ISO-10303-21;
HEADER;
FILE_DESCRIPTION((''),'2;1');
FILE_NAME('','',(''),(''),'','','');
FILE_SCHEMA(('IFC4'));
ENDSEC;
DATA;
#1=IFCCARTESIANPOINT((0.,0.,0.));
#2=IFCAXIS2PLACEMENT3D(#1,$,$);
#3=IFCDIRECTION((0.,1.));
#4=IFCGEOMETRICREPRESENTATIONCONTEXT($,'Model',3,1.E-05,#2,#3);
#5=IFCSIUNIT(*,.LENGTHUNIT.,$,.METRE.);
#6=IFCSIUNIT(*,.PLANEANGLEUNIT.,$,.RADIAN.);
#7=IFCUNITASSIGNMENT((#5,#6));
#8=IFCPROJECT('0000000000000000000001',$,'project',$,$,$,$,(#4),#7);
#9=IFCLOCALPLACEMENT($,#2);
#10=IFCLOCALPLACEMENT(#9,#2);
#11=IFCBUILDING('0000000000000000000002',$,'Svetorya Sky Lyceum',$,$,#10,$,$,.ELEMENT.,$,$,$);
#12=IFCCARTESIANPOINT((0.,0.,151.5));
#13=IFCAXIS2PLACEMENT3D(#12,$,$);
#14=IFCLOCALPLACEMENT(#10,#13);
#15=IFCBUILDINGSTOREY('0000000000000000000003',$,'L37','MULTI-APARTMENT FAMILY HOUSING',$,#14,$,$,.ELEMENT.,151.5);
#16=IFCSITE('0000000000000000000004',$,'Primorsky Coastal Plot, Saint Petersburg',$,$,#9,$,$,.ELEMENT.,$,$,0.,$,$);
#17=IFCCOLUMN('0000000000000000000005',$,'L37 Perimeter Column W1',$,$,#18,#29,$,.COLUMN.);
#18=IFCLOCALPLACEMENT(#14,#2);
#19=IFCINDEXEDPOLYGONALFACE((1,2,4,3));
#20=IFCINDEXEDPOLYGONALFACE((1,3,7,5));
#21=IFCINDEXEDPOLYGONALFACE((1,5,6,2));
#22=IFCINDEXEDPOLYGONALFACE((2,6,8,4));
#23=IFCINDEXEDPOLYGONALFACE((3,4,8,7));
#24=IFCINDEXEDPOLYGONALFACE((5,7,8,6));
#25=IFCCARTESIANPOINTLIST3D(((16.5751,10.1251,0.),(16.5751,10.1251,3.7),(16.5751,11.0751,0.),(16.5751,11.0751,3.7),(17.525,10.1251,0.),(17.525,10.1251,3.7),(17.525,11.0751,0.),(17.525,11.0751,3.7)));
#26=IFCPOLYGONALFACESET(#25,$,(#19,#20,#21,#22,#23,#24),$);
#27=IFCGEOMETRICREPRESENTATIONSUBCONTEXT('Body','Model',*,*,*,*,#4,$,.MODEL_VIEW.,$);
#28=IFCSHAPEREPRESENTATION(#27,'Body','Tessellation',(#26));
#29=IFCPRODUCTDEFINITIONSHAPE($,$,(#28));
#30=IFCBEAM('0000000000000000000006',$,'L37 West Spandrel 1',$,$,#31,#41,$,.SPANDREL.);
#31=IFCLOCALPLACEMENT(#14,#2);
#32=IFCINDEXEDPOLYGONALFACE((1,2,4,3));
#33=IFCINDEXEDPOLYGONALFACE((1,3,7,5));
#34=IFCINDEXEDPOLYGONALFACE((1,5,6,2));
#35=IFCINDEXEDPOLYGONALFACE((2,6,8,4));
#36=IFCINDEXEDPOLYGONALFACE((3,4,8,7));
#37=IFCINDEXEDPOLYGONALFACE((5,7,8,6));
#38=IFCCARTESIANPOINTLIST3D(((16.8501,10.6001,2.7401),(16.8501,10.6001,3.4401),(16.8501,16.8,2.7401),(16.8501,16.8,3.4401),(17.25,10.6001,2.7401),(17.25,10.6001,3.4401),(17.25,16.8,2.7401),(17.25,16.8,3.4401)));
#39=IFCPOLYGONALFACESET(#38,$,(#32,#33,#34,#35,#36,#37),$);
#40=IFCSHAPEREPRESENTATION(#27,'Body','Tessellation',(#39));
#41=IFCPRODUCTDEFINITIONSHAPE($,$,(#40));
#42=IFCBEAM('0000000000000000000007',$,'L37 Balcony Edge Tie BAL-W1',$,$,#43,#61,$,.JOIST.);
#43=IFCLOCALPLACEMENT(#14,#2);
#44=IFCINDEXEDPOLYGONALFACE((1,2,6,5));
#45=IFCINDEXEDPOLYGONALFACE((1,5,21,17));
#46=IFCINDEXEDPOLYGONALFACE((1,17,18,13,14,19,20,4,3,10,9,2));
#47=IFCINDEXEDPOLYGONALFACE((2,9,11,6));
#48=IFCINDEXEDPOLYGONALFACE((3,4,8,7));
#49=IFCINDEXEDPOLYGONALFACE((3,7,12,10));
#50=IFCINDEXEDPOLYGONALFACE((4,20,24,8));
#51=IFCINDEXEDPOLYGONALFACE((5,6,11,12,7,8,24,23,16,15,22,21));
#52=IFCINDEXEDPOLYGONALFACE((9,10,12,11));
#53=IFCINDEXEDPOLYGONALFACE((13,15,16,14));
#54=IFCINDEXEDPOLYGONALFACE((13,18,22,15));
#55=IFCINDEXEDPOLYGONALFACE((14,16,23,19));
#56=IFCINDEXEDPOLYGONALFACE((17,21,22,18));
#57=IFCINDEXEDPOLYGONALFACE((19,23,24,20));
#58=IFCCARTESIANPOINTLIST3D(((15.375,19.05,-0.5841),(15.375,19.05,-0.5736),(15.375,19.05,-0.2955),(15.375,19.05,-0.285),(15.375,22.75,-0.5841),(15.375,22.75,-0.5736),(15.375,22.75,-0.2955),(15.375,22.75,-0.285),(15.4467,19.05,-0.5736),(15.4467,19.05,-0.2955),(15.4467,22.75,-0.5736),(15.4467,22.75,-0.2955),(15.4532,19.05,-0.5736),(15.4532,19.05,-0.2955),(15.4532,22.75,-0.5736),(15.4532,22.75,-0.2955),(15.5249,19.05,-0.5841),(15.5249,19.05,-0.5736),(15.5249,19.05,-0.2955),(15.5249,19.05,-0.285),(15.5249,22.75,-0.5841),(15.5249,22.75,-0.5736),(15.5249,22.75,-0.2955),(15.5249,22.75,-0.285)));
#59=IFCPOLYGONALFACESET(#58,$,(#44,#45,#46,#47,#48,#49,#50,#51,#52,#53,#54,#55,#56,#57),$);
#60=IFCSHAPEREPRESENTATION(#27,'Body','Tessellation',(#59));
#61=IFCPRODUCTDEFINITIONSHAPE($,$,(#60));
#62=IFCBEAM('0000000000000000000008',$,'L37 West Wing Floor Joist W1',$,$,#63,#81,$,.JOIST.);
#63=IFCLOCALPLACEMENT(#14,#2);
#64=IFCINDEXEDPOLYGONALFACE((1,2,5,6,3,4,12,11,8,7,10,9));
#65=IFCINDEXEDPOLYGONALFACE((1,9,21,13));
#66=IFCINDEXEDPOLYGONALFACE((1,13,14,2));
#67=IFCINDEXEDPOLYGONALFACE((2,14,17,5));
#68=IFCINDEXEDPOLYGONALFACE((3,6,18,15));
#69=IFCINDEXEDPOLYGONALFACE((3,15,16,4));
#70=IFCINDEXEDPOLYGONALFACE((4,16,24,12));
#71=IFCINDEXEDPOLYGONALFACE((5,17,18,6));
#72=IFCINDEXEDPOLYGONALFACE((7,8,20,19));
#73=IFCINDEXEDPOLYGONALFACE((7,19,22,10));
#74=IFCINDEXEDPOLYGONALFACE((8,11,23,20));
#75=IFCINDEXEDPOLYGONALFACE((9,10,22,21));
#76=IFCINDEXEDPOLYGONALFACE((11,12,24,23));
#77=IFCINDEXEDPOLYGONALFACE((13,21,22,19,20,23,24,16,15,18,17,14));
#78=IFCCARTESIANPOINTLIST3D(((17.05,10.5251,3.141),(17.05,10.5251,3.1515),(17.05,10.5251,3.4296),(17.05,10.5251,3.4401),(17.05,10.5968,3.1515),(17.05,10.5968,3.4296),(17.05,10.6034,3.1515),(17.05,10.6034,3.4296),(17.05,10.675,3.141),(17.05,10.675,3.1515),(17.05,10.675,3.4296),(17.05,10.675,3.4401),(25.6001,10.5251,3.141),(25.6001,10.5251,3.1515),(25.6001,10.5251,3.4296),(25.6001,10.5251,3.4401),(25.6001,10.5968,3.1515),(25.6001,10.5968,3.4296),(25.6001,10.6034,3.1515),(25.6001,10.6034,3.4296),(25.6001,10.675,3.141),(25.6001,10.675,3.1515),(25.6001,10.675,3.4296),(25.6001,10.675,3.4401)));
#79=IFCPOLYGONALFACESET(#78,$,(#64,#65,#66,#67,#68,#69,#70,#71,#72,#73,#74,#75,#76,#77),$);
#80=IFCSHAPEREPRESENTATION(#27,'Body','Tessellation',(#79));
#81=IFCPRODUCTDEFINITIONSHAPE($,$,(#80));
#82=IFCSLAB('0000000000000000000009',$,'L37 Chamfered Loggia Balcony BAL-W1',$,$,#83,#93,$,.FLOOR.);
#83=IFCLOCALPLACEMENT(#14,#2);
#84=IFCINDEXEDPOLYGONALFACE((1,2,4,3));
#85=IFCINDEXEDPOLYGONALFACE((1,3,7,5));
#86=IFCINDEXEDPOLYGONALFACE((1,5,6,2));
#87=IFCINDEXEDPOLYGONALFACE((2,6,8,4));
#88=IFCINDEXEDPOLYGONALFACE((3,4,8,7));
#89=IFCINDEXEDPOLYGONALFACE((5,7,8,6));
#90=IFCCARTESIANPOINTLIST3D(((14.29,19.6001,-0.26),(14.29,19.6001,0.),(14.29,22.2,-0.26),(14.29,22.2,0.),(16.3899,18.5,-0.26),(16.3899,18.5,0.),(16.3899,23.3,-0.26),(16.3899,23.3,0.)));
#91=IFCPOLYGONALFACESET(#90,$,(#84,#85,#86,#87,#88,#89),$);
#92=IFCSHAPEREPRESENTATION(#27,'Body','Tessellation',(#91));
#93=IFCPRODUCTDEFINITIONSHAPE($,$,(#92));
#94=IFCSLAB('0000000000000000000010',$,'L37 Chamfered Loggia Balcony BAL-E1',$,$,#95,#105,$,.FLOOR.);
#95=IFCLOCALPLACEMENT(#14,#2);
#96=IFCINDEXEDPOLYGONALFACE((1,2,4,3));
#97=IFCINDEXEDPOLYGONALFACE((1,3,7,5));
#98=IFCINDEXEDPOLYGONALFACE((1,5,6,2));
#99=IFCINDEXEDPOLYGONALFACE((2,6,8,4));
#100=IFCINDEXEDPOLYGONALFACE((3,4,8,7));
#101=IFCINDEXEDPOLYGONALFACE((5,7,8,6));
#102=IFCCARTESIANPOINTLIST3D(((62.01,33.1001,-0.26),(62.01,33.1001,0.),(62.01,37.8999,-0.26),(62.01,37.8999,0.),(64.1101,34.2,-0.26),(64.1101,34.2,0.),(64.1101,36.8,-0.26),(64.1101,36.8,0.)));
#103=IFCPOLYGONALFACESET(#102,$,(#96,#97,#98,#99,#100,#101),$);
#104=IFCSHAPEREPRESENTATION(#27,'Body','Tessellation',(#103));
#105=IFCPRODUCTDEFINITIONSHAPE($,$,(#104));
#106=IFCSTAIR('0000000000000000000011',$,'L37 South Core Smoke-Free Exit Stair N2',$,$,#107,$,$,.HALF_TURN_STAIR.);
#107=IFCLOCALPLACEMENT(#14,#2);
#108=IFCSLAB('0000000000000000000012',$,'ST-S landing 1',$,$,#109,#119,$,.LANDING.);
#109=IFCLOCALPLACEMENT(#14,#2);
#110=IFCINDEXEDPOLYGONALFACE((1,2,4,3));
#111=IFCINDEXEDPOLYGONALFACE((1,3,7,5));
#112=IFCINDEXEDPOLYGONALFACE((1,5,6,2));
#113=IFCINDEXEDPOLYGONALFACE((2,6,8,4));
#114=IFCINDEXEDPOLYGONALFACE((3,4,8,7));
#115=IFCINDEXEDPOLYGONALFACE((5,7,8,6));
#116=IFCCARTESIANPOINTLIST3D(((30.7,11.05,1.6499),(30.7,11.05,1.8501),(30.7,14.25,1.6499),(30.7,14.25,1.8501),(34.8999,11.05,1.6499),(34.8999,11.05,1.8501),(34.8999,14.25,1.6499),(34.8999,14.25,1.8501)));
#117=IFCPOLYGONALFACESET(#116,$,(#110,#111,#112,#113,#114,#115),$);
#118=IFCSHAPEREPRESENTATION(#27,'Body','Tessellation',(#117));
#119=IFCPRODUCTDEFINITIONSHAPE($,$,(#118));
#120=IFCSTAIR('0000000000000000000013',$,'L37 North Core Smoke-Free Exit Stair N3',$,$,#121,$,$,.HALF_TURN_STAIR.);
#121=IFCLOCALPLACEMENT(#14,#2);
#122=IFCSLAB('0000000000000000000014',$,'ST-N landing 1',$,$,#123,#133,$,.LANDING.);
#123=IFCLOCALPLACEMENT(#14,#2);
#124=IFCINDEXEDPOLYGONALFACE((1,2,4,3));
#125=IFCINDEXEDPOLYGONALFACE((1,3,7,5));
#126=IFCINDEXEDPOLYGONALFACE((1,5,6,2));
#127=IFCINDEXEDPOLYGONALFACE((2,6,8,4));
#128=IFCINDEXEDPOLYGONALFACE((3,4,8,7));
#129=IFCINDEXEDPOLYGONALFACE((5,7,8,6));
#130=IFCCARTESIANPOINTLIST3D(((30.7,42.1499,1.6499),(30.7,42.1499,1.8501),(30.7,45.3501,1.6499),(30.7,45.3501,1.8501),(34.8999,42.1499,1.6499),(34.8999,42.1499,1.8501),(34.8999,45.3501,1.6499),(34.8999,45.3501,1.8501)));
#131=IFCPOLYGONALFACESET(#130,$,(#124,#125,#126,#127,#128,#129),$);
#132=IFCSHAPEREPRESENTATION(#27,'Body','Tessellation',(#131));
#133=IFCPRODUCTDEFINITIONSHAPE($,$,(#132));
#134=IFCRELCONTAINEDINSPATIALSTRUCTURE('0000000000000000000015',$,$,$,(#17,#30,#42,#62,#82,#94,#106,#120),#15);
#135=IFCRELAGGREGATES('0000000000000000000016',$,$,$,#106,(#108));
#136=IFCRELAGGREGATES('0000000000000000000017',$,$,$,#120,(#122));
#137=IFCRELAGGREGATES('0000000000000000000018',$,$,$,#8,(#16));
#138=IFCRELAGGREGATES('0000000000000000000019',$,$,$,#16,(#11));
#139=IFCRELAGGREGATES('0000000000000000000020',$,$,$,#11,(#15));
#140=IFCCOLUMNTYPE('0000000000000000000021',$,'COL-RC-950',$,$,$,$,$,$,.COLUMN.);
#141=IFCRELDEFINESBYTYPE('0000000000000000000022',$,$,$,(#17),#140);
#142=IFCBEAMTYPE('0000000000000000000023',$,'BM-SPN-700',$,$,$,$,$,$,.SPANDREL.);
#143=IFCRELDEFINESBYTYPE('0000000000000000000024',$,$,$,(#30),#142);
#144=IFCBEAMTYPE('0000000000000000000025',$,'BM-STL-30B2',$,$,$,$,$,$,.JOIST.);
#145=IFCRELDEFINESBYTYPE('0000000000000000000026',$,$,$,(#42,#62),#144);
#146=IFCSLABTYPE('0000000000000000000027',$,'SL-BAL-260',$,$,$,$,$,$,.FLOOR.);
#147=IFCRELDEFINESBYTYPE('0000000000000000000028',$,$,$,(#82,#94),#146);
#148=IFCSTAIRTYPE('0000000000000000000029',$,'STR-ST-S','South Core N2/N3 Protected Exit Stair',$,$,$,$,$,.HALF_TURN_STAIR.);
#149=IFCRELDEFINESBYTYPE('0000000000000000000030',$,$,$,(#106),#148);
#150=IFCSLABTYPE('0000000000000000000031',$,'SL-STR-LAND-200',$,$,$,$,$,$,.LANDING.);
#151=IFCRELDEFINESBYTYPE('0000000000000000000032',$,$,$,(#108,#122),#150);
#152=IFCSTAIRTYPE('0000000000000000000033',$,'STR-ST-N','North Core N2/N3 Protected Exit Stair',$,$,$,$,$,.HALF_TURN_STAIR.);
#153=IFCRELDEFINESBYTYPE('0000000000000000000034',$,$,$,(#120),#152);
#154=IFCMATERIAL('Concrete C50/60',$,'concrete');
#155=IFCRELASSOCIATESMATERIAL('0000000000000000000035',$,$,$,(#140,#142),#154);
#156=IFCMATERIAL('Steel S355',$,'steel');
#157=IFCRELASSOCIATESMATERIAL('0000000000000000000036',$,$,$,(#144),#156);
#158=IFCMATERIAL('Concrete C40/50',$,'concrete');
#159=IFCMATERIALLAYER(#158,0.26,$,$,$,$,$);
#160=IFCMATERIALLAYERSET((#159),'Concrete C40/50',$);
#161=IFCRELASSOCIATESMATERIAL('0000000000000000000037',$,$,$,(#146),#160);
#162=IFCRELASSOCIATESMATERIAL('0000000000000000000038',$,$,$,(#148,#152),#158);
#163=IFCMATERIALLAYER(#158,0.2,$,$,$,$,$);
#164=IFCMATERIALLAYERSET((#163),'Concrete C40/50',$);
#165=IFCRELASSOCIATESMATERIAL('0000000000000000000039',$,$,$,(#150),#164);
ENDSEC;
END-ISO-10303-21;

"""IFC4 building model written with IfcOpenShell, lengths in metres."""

from ifc_helpers import new_model, si_unit, direction, frame, origin, origin_2d, place, context, subcontext, project, spatial, polyline, rectangle, i_section, outline, extrude, material, layer, layer_set, material_profile, profile_set, type_object, element, aggregate, save


model = new_model("IFC4")

# Units and contexts
model_context = context("Model", 3, precision=1e-05, world=origin(), true_north=direction((0.0, 1.0)))
body_context = subcontext(model_context, "Body", "Model", "MODEL_VIEW")
ifc_project = project(units=[si_unit("LENGTHUNIT", "METRE"), si_unit("PLANEANGLEUNIT", "RADIAN")], contexts=[model_context])

# Site, building, storey
site_placement = place(None, origin())
site = spatial("IfcSite", under=ifc_project, at=site_placement, Name="Primorsky Coastal Plot, Saint Petersburg", CompositionType="ELEMENT", RefElevation=0.0)
building_placement = place(site_placement, origin())
building = spatial("IfcBuilding", under=site, at=building_placement, Name="Svetorya Sky Lyceum", CompositionType="ELEMENT")
storey_placement = place(building_placement, frame((0.0, 0.0, 151.5)))
storey = spatial("IfcBuildingStorey", under=building, at=storey_placement, Name="L37", Description="MULTI-APARTMENT FAMILY HOUSING", CompositionType="ELEMENT", Elevation=151.5)

# Column
ifc_material_1 = material(Name="Concrete C50/60", Category="concrete")
ifc_material_profile_1 = material_profile(ifc_material_1, rectangle(XDim=0.95, YDim=0.95, at=origin_2d()), Name="RC COL 950x950")
ifc_profile_set_1 = profile_set([ifc_material_profile_1], Name="Concrete C50/60")
column_type = type_object("IfcColumnType", Name="COL-RC-950", PredefinedType="COLUMN", material=ifc_profile_set_1)
column_placement = place(storey_placement, frame((17.05, 10.6001, 0.0), z_axis=(0.0, 0.0, 1.0), x_axis=(1.0, 0.0, 0.0)))
element("IfcColumn", 1, at=column_placement, inside=storey, type_object=column_type, Name="L37 Perimeter Column W1", PredefinedType="COLUMN", context=body_context, shape_type="SweptSolid", body=[
    extrude(rectangle(XDim=0.95, YDim=0.95, at=origin_2d()), origin(), (0.0, 0.0, 1.0), 3.7),
])

# Beams
ifc_material_profile_2 = material_profile(ifc_material_1, rectangle(XDim=0.3999, YDim=0.7, at=origin_2d()), Name="RC SPANDREL 400x700")
ifc_profile_set_2 = profile_set([ifc_material_profile_2], Name="Concrete C50/60")
beam_type_1 = type_object("IfcBeamType", Name="BM-SPN-700", PredefinedType="SPANDREL", material=ifc_profile_set_2)
beam_1_placement = place(storey_placement, frame((17.05, 10.6001, 3.0901), z_axis=(0.0, 1.0, 0.0), x_axis=(-1.0, 0.0, 0.0)))
element("IfcBeam", 2, at=beam_1_placement, inside=storey, type_object=beam_type_1, Name="L37 West Spandrel 1", PredefinedType="SPANDREL", context=body_context, shape_type="SweptSolid", body=[
    extrude(rectangle(XDim=0.3999, YDim=0.7, at=origin_2d()), origin(), (0.0, 0.0, 1.0), 6.2),
])
ifc_material_2 = material(Name="Steel S355", Category="steel")
ifc_material_profile_3 = material_profile(ifc_material_2, i_section(OverallWidth=0.1499, OverallDepth=0.2991, WebThickness=0.0066, FlangeThickness=0.0105, at=origin_2d()), Name="GOST 30B2")
ifc_profile_set_3 = profile_set([ifc_material_profile_3], Name="Steel S355")
beam_type_2 = type_object("IfcBeamType", Name="BM-STL-30B2", PredefinedType="JOIST", material=ifc_profile_set_3)
beam_2_placement = place(storey_placement, frame((15.45, 19.05, -0.4346), z_axis=(0.0, 1.0, 0.0), x_axis=(-1.0, 0.0, 0.0)))
element("IfcBeam", 3, at=beam_2_placement, inside=storey, type_object=beam_type_2, Name="L37 Balcony Edge Tie BAL-W1", PredefinedType="JOIST", context=body_context, shape_type="SweptSolid", body=[
    extrude(i_section(OverallWidth=0.1499, OverallDepth=0.2991, WebThickness=0.0066, FlangeThickness=0.0105, at=origin_2d()), origin(), (0.0, 0.0, 1.0), 3.7),
])
beam_3_placement = place(storey_placement, frame((17.05, 10.6001, 3.2905), z_axis=(1.0, 0.0, 0.0), x_axis=(0.0, 1.0, 0.0)))
element("IfcBeam", 4, at=beam_3_placement, inside=storey, type_object=beam_type_2, Name="L37 West Wing Floor Joist W1", PredefinedType="JOIST", context=body_context, shape_type="SweptSolid", body=[
    extrude(i_section(OverallWidth=0.1499, OverallDepth=0.2991, WebThickness=0.0066, FlangeThickness=0.0105, at=origin_2d()), origin(), (0.0, 0.0, 1.0), 8.55),
])

# Slabs
ifc_material_3 = material(Name="Concrete C40/50", Category="concrete")
ifc_layer_1 = layer(ifc_material_3, 0.26)
ifc_layer_set_1 = layer_set([ifc_layer_1], Name="Concrete C40/50")
slab_type_1 = type_object("IfcSlabType", Name="SL-BAL-260", PredefinedType="FLOOR", material=ifc_layer_set_1)
slab_1_placement = place(storey_placement, frame((0.0, 0.0, -0.26)))
element("IfcSlab", 5, at=slab_1_placement, inside=storey, type_object=slab_type_1, Name="L37 Chamfered Loggia Balcony BAL-W1", PredefinedType="FLOOR", context=body_context, shape_type="SweptSolid", body=[
    extrude(outline(polyline([(16.3899, 18.5), (16.3899, 23.3), (14.29, 22.2), (14.29, 19.6001), (16.3899, 18.5)])), origin(), (0.0, 0.0, 1.0), 0.26),
])
slab_2_placement = place(storey_placement, frame((0.0, 0.0, -0.26)))
element("IfcSlab", 6, at=slab_2_placement, inside=storey, type_object=slab_type_1, Name="L37 Chamfered Loggia Balcony BAL-E1", PredefinedType="FLOOR", context=body_context, shape_type="SweptSolid", body=[
    extrude(outline(polyline([(62.01, 33.1001), (64.1101, 34.2), (64.1101, 36.8), (62.01, 37.8999), (62.01, 33.1001)])), origin(), (0.0, 0.0, 1.0), 0.26),
])

# Stairs, slabs
stair_type_1 = type_object("IfcStairType", Name="STR-ST-S", Description="South Core N2/N3 Protected Exit Stair", PredefinedType="HALF_TURN_STAIR", material=ifc_material_3)
stair_1_placement = place(storey_placement, origin())
stair_1 = element("IfcStair", 7, at=stair_1_placement, inside=storey, type_object=stair_type_1, Name="L37 South Core Smoke-Free Exit Stair N2", PredefinedType="HALF_TURN_STAIR")
ifc_layer_2 = layer(ifc_material_3, 0.2)
ifc_layer_set_2 = layer_set([ifc_layer_2], Name="Concrete C40/50")
slab_type_2 = type_object("IfcSlabType", Name="SL-STR-LAND-200", PredefinedType="LANDING", material=ifc_layer_set_2)
slab_3_placement = place(storey_placement, frame((0.0, 0.0, 1.6499)))
slab_3 = element("IfcSlab", 8, at=slab_3_placement, type_object=slab_type_2, Name="ST-S landing 1", PredefinedType="LANDING", context=body_context, shape_type="SweptSolid", body=[
    extrude(outline(polyline([(30.7, 11.05), (34.8999, 11.05), (34.8999, 14.25), (30.7, 14.25), (30.7, 11.05)])), origin(), (0.0, 0.0, 1.0), 0.2002),
])
aggregate(stair_1, [slab_3])
stair_type_2 = type_object("IfcStairType", Name="STR-ST-N", Description="North Core N2/N3 Protected Exit Stair", PredefinedType="HALF_TURN_STAIR", material=ifc_material_3)
stair_2_placement = place(storey_placement, origin())
stair_2 = element("IfcStair", 9, at=stair_2_placement, inside=storey, type_object=stair_type_2, Name="L37 North Core Smoke-Free Exit Stair N3", PredefinedType="HALF_TURN_STAIR")
slab_4_placement = place(storey_placement, frame((0.0, 0.0, 1.6499)))
slab_4 = element("IfcSlab", 10, at=slab_4_placement, type_object=slab_type_2, Name="ST-N landing 1", PredefinedType="LANDING", context=body_context, shape_type="SweptSolid", body=[
    extrude(outline(polyline([(30.7, 42.1499), (34.8999, 42.1499), (34.8999, 45.3501), (30.7, 45.3501), (30.7, 42.1499)])), origin(), (0.0, 0.0, 1.0), 0.2002),
])
aggregate(stair_2, [slab_4])

save(model, "model.ifc")
